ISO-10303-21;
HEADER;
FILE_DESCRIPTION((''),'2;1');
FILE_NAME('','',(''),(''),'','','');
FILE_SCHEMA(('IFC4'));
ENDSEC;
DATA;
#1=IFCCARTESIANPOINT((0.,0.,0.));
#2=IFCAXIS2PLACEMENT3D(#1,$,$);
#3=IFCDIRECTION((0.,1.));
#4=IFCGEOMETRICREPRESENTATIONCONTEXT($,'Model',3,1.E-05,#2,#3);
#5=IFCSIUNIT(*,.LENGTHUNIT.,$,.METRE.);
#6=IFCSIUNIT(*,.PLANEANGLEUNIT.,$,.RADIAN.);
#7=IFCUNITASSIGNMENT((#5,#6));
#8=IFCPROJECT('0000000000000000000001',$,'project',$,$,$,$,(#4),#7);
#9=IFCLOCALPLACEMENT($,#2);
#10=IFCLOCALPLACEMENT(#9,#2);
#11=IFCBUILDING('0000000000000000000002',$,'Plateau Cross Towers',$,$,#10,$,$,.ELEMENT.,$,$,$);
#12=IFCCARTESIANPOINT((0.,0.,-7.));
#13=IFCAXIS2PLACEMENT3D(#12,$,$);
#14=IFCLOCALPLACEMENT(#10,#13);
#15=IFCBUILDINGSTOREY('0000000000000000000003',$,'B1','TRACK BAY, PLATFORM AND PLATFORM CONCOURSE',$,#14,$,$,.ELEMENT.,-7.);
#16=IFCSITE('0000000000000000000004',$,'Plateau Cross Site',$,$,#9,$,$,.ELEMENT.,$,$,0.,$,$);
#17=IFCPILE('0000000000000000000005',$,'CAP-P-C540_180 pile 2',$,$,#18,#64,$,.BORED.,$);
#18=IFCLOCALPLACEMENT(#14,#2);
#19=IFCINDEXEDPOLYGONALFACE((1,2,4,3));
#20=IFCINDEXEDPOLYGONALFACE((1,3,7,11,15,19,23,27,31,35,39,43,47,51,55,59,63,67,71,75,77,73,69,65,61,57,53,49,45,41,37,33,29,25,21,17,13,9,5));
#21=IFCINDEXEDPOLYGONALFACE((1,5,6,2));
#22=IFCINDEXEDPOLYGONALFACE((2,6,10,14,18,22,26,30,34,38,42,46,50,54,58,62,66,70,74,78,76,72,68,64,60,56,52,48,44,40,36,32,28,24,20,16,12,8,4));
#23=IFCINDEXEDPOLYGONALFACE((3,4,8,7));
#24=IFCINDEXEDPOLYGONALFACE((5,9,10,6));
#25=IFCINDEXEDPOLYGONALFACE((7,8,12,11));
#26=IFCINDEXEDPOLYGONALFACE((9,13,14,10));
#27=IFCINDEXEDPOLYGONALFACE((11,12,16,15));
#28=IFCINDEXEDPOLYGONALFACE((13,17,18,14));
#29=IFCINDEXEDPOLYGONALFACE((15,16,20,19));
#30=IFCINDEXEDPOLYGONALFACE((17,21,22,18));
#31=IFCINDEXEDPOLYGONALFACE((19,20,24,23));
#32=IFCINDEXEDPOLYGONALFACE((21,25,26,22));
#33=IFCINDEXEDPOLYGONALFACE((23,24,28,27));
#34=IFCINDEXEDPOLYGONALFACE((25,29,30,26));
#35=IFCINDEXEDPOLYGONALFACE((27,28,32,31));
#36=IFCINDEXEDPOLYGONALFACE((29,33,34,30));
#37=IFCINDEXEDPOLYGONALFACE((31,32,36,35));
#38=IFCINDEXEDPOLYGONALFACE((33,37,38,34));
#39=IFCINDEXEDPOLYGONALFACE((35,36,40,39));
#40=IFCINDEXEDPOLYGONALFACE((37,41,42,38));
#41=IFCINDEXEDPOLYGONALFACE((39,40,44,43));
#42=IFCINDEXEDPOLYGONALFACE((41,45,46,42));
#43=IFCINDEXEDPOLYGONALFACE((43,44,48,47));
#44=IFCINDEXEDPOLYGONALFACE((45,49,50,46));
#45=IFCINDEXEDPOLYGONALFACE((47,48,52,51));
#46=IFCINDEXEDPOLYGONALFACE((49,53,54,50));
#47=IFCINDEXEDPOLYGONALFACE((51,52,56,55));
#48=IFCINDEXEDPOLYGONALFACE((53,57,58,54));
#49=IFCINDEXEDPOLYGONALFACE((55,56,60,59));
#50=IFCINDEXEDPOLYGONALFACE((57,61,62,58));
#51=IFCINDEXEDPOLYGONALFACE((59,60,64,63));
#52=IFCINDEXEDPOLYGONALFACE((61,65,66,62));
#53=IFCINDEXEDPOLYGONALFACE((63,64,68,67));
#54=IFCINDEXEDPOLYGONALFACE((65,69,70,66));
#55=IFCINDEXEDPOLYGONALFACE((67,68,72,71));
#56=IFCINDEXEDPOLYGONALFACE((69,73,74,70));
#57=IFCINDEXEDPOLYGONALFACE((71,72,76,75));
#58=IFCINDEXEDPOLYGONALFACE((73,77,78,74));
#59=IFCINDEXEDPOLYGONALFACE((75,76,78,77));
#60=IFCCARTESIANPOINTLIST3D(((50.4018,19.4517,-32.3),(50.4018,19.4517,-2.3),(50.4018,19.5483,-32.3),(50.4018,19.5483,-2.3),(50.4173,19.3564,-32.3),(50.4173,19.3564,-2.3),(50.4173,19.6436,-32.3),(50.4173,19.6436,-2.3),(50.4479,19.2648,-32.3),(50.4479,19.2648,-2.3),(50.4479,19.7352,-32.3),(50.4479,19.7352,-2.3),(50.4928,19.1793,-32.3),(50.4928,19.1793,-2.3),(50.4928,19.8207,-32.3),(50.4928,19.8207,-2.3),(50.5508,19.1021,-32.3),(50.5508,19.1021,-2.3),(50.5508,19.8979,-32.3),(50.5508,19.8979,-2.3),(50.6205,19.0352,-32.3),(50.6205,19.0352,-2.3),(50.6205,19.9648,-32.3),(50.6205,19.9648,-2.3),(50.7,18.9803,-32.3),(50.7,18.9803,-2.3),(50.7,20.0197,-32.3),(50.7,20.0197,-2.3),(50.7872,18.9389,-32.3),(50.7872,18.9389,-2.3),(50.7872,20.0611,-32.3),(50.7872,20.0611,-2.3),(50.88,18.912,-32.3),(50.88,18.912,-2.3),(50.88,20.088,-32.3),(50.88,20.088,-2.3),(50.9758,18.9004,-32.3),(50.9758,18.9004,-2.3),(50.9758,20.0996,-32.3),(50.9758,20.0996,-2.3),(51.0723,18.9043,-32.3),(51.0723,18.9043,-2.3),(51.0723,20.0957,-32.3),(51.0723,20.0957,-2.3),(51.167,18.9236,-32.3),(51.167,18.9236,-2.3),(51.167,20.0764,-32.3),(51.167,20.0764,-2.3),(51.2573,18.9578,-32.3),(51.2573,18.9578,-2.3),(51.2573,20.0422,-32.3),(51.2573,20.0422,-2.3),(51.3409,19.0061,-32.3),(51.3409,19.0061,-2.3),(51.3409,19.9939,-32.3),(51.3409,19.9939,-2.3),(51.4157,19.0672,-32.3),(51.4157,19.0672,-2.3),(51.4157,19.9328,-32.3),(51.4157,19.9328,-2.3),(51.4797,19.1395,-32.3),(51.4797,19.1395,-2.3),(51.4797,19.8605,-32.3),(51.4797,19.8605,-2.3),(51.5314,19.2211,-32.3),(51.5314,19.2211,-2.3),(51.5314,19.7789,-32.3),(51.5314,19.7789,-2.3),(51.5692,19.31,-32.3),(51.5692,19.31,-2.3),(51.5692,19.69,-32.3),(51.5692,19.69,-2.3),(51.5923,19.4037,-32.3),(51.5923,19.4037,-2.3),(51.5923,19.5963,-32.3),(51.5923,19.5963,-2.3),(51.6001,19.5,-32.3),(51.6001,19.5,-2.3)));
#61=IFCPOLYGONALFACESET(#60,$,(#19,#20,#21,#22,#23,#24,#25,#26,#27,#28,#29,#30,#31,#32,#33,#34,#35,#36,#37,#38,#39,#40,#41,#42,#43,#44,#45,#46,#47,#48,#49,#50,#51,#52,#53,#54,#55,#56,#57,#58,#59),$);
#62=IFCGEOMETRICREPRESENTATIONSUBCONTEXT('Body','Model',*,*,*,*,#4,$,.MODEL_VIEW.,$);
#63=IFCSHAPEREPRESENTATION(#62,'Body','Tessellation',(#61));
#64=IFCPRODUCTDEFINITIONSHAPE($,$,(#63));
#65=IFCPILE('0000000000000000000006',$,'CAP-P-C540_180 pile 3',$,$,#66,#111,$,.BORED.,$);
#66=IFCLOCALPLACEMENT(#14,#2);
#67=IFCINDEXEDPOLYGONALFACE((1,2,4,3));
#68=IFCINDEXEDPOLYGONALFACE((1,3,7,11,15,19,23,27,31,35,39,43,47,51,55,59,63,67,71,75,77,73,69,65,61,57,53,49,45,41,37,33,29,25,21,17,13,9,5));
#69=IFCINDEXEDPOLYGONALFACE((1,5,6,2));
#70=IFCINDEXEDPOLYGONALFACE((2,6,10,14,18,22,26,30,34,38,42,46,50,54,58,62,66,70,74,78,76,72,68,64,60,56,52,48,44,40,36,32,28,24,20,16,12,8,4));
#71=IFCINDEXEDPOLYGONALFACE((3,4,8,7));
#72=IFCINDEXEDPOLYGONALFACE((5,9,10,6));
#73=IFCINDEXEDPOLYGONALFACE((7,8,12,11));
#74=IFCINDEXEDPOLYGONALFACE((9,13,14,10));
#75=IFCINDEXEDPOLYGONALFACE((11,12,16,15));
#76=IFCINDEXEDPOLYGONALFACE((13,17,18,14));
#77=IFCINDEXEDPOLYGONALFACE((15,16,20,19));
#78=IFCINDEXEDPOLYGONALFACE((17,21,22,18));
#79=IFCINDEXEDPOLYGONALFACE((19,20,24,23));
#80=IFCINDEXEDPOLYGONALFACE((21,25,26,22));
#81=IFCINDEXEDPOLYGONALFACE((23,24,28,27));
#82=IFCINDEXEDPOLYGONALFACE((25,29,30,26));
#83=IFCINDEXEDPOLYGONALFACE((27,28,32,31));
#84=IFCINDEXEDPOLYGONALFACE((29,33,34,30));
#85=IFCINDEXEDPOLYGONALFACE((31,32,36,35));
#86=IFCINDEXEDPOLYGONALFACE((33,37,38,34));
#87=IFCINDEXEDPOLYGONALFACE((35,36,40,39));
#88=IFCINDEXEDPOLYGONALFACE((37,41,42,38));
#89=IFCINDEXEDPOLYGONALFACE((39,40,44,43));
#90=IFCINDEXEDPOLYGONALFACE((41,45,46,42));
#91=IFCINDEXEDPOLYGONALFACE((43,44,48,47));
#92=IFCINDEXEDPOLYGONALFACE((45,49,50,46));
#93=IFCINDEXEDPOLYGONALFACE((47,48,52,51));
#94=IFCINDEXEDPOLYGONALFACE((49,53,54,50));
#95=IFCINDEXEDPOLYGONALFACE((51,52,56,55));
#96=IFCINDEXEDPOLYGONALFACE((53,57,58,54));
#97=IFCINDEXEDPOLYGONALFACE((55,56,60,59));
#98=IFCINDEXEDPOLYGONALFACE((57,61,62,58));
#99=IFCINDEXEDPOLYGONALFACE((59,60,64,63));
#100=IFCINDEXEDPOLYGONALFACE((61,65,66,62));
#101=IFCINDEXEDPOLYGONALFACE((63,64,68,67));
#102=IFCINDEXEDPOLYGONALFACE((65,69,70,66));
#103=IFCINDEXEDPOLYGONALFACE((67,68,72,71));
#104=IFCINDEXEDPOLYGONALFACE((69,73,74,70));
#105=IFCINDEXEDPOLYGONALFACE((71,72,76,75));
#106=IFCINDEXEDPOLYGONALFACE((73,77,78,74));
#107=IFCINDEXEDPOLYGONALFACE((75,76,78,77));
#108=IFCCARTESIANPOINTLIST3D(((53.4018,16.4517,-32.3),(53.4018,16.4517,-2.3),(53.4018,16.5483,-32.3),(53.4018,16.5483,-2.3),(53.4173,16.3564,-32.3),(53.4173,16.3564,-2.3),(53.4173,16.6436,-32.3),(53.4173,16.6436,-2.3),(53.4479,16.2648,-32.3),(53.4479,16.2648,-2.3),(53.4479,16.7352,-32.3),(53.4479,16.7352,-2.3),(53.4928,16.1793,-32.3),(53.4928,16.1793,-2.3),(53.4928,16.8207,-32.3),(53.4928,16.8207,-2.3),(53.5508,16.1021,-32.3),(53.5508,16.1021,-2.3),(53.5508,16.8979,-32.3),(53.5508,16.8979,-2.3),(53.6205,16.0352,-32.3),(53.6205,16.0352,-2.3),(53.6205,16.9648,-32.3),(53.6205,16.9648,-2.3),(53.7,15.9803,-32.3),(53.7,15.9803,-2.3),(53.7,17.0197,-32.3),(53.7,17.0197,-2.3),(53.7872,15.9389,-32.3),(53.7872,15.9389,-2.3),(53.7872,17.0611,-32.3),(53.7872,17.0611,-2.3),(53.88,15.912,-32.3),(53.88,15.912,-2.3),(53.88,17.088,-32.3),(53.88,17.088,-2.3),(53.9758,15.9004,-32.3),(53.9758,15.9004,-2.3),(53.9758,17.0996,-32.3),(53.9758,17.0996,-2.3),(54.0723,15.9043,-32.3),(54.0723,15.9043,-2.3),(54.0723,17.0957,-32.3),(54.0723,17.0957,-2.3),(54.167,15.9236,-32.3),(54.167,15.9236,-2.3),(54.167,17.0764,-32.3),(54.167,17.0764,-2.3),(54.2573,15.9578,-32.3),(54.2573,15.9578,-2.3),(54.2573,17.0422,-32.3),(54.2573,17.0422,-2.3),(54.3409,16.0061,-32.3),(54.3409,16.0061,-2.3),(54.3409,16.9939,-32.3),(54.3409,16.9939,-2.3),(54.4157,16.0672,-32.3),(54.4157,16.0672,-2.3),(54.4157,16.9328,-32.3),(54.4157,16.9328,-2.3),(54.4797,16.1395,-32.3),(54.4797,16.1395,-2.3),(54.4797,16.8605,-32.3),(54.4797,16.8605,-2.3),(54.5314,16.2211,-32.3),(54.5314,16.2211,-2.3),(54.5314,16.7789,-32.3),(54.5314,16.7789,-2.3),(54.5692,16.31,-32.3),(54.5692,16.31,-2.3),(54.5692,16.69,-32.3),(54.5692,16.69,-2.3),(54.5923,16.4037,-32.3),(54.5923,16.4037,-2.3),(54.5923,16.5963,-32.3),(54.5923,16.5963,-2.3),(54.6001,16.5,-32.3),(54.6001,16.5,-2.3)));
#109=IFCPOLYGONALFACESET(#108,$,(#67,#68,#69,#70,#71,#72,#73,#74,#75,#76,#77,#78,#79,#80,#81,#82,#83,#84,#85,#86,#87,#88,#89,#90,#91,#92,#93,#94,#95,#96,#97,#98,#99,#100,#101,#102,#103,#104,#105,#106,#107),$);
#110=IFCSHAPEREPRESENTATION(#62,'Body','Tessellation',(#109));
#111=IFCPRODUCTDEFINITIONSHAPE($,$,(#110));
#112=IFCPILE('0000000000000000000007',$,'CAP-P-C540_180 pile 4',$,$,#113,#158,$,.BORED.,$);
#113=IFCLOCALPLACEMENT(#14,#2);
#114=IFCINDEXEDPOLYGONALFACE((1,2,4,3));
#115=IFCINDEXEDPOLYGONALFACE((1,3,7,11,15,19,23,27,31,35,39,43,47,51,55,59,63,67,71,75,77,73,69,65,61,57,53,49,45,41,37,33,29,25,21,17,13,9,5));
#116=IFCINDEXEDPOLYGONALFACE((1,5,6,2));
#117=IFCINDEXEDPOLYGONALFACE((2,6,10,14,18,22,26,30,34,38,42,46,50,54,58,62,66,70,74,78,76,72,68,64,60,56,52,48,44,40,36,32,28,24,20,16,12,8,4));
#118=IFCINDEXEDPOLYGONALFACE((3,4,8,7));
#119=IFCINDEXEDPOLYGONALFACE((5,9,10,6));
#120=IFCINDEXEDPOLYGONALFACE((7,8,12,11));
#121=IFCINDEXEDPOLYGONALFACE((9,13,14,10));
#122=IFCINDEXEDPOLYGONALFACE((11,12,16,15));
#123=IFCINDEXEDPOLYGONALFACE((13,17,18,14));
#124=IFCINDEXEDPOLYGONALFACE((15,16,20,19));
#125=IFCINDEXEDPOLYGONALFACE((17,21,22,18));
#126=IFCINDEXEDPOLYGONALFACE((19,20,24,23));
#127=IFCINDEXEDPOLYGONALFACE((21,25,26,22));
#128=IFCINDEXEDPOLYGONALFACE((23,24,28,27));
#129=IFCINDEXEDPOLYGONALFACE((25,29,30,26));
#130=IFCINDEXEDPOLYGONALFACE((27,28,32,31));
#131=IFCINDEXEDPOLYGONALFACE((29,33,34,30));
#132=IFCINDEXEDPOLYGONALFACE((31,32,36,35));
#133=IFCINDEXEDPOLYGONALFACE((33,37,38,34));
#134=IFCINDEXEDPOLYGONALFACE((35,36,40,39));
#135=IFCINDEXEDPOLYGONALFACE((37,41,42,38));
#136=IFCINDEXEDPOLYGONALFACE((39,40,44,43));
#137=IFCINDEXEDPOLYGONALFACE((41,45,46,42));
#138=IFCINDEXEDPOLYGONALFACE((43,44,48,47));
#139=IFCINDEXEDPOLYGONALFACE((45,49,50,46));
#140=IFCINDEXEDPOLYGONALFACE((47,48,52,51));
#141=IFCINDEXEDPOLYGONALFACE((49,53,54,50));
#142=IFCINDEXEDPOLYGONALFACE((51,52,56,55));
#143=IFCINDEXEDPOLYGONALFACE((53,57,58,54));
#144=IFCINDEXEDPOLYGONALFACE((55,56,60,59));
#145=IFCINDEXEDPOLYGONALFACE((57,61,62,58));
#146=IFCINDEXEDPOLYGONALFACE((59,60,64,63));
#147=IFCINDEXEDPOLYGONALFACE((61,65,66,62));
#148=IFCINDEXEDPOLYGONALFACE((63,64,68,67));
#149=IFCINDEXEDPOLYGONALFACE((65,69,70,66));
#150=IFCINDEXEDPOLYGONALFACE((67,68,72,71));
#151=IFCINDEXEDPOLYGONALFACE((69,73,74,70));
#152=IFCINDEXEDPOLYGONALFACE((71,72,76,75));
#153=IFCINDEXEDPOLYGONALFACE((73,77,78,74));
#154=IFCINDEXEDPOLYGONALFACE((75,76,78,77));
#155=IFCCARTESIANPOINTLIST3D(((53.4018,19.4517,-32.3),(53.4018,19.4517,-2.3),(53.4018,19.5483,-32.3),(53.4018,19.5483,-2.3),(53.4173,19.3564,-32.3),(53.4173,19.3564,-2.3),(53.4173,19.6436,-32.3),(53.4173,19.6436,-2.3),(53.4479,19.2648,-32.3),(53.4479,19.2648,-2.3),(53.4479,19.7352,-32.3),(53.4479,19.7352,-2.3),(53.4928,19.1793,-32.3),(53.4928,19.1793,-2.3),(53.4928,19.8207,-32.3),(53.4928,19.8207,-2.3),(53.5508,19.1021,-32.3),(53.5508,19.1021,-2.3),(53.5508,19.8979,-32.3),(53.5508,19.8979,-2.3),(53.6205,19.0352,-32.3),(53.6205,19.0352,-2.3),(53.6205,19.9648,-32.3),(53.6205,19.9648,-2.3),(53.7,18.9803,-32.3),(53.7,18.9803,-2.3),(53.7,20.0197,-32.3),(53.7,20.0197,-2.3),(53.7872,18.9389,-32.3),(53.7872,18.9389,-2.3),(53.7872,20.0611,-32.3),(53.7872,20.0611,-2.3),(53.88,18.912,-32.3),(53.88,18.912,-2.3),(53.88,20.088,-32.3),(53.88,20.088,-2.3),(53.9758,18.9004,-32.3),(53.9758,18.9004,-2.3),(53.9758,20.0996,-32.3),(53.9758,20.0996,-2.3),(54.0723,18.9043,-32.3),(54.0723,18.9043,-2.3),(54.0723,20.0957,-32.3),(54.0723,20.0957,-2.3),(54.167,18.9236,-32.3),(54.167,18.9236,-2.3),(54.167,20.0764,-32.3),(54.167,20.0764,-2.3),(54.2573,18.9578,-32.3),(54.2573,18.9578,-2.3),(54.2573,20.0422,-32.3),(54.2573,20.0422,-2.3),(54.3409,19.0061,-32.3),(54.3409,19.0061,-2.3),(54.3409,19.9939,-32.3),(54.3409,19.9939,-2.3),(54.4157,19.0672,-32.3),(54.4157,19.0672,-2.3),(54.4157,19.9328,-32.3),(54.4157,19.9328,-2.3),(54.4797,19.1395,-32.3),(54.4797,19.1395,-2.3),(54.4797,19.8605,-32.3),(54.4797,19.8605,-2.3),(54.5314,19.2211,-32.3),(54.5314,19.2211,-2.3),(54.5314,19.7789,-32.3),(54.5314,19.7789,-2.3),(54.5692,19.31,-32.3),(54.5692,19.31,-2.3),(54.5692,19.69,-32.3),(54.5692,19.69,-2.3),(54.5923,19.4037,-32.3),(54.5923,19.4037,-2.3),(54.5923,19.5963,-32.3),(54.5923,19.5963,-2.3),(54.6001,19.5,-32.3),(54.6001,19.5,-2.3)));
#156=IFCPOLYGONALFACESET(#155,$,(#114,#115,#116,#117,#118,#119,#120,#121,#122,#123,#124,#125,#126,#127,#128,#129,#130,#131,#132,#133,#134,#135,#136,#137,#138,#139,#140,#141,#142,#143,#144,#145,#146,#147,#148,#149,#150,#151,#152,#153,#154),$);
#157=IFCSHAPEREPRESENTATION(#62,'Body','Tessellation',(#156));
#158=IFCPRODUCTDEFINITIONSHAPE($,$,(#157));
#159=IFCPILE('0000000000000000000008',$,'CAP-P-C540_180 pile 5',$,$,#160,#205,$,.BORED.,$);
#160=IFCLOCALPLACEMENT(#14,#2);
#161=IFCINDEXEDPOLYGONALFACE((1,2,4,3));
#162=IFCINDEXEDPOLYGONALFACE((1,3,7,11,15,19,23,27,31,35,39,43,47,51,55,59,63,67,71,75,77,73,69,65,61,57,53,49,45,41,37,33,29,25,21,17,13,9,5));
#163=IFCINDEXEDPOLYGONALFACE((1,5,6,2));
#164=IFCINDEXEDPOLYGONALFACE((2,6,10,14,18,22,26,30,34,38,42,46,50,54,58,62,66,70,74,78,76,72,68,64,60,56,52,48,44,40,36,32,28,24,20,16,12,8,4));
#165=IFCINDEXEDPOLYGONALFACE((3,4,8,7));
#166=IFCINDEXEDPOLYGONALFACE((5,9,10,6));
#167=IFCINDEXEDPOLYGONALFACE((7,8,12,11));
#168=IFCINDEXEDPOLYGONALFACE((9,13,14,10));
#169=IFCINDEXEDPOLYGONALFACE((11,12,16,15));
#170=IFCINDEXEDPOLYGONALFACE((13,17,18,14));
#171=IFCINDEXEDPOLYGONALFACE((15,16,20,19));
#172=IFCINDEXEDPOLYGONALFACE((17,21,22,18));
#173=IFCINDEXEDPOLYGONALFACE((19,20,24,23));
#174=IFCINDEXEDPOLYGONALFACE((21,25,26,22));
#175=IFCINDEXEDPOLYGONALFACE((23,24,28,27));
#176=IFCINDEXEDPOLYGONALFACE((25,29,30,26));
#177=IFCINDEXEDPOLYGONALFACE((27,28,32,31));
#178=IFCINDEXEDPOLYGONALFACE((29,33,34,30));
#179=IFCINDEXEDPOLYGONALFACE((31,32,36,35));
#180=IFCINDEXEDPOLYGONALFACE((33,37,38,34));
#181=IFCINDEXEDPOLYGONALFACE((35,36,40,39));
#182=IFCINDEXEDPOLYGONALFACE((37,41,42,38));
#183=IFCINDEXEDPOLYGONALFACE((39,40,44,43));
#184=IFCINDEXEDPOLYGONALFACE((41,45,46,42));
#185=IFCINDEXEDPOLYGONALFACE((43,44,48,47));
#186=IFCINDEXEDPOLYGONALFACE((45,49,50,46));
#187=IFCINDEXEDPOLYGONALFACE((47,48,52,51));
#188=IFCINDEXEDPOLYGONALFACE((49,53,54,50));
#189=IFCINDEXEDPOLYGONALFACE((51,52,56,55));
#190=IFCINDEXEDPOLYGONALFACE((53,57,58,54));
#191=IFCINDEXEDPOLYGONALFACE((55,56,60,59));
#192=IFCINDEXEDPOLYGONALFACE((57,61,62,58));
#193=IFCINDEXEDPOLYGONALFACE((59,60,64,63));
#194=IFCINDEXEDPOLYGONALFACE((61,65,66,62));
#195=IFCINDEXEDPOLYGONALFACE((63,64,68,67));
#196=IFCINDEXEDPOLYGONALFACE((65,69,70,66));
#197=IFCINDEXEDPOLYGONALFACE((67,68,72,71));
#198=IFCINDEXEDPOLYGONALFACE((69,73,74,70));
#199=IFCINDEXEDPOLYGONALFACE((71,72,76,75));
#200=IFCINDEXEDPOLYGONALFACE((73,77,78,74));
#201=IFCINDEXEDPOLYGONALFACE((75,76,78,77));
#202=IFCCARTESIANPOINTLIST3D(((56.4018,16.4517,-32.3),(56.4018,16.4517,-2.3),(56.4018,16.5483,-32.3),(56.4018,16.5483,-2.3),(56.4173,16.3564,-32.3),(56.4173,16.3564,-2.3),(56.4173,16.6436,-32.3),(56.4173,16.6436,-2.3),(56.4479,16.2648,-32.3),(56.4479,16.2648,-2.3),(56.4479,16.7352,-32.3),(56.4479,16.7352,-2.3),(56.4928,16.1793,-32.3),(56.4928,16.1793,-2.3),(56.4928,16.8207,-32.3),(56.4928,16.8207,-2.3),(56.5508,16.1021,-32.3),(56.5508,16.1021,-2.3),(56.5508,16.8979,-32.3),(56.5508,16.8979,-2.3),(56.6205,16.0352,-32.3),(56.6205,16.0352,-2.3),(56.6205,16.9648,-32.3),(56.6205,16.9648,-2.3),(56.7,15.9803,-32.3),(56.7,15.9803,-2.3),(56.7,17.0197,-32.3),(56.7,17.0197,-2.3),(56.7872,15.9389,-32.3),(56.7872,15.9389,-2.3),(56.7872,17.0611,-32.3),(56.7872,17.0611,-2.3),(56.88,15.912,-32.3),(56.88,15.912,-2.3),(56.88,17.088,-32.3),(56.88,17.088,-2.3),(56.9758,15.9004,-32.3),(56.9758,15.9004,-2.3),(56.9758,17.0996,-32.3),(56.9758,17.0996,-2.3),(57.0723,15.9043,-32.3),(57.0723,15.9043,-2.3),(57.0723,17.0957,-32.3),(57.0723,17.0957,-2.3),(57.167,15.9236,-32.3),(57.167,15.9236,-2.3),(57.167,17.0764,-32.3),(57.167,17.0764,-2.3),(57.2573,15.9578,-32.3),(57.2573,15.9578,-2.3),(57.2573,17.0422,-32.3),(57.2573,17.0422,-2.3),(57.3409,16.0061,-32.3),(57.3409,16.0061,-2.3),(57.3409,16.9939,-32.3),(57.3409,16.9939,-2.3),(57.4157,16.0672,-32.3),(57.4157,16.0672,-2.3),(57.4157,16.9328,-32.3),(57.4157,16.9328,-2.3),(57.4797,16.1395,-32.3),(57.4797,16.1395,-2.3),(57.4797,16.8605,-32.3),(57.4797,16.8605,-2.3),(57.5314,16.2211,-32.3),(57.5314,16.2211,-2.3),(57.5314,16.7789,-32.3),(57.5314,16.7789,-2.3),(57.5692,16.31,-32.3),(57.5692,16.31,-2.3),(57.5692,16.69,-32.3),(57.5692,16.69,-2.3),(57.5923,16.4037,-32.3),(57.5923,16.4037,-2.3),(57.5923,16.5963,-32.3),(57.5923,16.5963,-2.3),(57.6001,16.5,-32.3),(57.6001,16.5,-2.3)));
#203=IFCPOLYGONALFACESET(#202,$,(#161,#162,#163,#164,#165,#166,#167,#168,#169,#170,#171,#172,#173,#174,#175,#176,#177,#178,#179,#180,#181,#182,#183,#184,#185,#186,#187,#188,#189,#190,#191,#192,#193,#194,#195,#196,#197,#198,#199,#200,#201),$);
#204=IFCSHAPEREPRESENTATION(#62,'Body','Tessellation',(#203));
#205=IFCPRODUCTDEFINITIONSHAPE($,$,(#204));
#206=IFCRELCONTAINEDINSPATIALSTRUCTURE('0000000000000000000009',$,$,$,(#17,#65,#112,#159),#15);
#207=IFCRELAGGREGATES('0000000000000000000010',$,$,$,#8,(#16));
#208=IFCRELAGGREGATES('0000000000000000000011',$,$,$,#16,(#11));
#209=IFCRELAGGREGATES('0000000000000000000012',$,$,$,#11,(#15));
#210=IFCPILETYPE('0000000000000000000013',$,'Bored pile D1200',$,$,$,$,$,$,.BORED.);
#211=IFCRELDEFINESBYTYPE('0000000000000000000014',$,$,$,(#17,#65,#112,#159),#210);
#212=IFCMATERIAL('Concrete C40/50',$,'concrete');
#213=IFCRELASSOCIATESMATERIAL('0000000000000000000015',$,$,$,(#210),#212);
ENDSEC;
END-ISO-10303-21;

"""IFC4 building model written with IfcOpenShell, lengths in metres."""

from ifc_helpers import new_model, si_unit, direction, frame, origin, origin_2d, place, context, subcontext, project, spatial, circle, extrude, material, material_profile, profile_set, type_object, element, save


model = new_model("IFC4")

# Units and contexts
model_context = context("Model", 3, precision=1e-05, world=origin(), true_north=direction((0.0, 1.0)))
body_context = subcontext(model_context, "Body", "Model", "MODEL_VIEW")
ifc_project = project(units=[si_unit("LENGTHUNIT", "METRE"), si_unit("PLANEANGLEUNIT", "RADIAN")], contexts=[model_context])

# Site, building, storey
site_placement = place(None, origin())
site = spatial("IfcSite", under=ifc_project, at=site_placement, Name="Plateau Cross Site", CompositionType="ELEMENT", RefElevation=0.0)
building_placement = place(site_placement, origin())
building = spatial("IfcBuilding", under=site, at=building_placement, Name="Plateau Cross Towers", CompositionType="ELEMENT")
storey_placement = place(building_placement, frame((0.0, 0.0, -7.0)))
storey = spatial("IfcBuildingStorey", under=building, at=storey_placement, Name="B1", Description="TRACK BAY, PLATFORM AND PLATFORM CONCOURSE", CompositionType="ELEMENT", Elevation=-7.0)

# Piles
ifc_material_1 = material(Name="Concrete C40/50", Category="concrete")
ifc_material_profile_1 = material_profile(ifc_material_1, circle(Radius=0.6001, at=origin_2d()), Name="Bored pile D1200")
ifc_profile_set_1 = profile_set([ifc_material_profile_1], Name="Concrete C40/50")
pile_type = type_object("IfcPileType", Name="Bored pile D1200", PredefinedType="BORED", material=ifc_profile_set_1)
for number, where, z_axis, x_axis, name in (
    (1, (51.0, 19.5, -2.3), (0.0, 0.0, -1.0), (1.0, 0.0, 0.0), "CAP-P-C540_180 pile 2"),
    (2, (54.0, 16.5, -2.3), (0.0, 0.0, -1.0), (1.0, 0.0, 0.0), "CAP-P-C540_180 pile 3"),
    (3, (54.0, 19.5, -2.3), (0.0, 0.0, -1.0), (1.0, 0.0, 0.0), "CAP-P-C540_180 pile 4"),
    (4, (57.0, 16.5, -2.3), (0.0, 0.0, -1.0), (1.0, 0.0, 0.0), "CAP-P-C540_180 pile 5"),
):
    element("IfcPile", number, at=place(storey_placement, frame(where, z_axis=z_axis, x_axis=x_axis)), inside=storey, type_object=pile_type, Name=name, PredefinedType="BORED", context=body_context, shape_type="SweptSolid", body=[
        extrude(circle(Radius=0.6001, at=origin_2d()), origin(), (0.0, 0.0, 1.0), 30.0),
    ])

save(model, "model.ifc")
